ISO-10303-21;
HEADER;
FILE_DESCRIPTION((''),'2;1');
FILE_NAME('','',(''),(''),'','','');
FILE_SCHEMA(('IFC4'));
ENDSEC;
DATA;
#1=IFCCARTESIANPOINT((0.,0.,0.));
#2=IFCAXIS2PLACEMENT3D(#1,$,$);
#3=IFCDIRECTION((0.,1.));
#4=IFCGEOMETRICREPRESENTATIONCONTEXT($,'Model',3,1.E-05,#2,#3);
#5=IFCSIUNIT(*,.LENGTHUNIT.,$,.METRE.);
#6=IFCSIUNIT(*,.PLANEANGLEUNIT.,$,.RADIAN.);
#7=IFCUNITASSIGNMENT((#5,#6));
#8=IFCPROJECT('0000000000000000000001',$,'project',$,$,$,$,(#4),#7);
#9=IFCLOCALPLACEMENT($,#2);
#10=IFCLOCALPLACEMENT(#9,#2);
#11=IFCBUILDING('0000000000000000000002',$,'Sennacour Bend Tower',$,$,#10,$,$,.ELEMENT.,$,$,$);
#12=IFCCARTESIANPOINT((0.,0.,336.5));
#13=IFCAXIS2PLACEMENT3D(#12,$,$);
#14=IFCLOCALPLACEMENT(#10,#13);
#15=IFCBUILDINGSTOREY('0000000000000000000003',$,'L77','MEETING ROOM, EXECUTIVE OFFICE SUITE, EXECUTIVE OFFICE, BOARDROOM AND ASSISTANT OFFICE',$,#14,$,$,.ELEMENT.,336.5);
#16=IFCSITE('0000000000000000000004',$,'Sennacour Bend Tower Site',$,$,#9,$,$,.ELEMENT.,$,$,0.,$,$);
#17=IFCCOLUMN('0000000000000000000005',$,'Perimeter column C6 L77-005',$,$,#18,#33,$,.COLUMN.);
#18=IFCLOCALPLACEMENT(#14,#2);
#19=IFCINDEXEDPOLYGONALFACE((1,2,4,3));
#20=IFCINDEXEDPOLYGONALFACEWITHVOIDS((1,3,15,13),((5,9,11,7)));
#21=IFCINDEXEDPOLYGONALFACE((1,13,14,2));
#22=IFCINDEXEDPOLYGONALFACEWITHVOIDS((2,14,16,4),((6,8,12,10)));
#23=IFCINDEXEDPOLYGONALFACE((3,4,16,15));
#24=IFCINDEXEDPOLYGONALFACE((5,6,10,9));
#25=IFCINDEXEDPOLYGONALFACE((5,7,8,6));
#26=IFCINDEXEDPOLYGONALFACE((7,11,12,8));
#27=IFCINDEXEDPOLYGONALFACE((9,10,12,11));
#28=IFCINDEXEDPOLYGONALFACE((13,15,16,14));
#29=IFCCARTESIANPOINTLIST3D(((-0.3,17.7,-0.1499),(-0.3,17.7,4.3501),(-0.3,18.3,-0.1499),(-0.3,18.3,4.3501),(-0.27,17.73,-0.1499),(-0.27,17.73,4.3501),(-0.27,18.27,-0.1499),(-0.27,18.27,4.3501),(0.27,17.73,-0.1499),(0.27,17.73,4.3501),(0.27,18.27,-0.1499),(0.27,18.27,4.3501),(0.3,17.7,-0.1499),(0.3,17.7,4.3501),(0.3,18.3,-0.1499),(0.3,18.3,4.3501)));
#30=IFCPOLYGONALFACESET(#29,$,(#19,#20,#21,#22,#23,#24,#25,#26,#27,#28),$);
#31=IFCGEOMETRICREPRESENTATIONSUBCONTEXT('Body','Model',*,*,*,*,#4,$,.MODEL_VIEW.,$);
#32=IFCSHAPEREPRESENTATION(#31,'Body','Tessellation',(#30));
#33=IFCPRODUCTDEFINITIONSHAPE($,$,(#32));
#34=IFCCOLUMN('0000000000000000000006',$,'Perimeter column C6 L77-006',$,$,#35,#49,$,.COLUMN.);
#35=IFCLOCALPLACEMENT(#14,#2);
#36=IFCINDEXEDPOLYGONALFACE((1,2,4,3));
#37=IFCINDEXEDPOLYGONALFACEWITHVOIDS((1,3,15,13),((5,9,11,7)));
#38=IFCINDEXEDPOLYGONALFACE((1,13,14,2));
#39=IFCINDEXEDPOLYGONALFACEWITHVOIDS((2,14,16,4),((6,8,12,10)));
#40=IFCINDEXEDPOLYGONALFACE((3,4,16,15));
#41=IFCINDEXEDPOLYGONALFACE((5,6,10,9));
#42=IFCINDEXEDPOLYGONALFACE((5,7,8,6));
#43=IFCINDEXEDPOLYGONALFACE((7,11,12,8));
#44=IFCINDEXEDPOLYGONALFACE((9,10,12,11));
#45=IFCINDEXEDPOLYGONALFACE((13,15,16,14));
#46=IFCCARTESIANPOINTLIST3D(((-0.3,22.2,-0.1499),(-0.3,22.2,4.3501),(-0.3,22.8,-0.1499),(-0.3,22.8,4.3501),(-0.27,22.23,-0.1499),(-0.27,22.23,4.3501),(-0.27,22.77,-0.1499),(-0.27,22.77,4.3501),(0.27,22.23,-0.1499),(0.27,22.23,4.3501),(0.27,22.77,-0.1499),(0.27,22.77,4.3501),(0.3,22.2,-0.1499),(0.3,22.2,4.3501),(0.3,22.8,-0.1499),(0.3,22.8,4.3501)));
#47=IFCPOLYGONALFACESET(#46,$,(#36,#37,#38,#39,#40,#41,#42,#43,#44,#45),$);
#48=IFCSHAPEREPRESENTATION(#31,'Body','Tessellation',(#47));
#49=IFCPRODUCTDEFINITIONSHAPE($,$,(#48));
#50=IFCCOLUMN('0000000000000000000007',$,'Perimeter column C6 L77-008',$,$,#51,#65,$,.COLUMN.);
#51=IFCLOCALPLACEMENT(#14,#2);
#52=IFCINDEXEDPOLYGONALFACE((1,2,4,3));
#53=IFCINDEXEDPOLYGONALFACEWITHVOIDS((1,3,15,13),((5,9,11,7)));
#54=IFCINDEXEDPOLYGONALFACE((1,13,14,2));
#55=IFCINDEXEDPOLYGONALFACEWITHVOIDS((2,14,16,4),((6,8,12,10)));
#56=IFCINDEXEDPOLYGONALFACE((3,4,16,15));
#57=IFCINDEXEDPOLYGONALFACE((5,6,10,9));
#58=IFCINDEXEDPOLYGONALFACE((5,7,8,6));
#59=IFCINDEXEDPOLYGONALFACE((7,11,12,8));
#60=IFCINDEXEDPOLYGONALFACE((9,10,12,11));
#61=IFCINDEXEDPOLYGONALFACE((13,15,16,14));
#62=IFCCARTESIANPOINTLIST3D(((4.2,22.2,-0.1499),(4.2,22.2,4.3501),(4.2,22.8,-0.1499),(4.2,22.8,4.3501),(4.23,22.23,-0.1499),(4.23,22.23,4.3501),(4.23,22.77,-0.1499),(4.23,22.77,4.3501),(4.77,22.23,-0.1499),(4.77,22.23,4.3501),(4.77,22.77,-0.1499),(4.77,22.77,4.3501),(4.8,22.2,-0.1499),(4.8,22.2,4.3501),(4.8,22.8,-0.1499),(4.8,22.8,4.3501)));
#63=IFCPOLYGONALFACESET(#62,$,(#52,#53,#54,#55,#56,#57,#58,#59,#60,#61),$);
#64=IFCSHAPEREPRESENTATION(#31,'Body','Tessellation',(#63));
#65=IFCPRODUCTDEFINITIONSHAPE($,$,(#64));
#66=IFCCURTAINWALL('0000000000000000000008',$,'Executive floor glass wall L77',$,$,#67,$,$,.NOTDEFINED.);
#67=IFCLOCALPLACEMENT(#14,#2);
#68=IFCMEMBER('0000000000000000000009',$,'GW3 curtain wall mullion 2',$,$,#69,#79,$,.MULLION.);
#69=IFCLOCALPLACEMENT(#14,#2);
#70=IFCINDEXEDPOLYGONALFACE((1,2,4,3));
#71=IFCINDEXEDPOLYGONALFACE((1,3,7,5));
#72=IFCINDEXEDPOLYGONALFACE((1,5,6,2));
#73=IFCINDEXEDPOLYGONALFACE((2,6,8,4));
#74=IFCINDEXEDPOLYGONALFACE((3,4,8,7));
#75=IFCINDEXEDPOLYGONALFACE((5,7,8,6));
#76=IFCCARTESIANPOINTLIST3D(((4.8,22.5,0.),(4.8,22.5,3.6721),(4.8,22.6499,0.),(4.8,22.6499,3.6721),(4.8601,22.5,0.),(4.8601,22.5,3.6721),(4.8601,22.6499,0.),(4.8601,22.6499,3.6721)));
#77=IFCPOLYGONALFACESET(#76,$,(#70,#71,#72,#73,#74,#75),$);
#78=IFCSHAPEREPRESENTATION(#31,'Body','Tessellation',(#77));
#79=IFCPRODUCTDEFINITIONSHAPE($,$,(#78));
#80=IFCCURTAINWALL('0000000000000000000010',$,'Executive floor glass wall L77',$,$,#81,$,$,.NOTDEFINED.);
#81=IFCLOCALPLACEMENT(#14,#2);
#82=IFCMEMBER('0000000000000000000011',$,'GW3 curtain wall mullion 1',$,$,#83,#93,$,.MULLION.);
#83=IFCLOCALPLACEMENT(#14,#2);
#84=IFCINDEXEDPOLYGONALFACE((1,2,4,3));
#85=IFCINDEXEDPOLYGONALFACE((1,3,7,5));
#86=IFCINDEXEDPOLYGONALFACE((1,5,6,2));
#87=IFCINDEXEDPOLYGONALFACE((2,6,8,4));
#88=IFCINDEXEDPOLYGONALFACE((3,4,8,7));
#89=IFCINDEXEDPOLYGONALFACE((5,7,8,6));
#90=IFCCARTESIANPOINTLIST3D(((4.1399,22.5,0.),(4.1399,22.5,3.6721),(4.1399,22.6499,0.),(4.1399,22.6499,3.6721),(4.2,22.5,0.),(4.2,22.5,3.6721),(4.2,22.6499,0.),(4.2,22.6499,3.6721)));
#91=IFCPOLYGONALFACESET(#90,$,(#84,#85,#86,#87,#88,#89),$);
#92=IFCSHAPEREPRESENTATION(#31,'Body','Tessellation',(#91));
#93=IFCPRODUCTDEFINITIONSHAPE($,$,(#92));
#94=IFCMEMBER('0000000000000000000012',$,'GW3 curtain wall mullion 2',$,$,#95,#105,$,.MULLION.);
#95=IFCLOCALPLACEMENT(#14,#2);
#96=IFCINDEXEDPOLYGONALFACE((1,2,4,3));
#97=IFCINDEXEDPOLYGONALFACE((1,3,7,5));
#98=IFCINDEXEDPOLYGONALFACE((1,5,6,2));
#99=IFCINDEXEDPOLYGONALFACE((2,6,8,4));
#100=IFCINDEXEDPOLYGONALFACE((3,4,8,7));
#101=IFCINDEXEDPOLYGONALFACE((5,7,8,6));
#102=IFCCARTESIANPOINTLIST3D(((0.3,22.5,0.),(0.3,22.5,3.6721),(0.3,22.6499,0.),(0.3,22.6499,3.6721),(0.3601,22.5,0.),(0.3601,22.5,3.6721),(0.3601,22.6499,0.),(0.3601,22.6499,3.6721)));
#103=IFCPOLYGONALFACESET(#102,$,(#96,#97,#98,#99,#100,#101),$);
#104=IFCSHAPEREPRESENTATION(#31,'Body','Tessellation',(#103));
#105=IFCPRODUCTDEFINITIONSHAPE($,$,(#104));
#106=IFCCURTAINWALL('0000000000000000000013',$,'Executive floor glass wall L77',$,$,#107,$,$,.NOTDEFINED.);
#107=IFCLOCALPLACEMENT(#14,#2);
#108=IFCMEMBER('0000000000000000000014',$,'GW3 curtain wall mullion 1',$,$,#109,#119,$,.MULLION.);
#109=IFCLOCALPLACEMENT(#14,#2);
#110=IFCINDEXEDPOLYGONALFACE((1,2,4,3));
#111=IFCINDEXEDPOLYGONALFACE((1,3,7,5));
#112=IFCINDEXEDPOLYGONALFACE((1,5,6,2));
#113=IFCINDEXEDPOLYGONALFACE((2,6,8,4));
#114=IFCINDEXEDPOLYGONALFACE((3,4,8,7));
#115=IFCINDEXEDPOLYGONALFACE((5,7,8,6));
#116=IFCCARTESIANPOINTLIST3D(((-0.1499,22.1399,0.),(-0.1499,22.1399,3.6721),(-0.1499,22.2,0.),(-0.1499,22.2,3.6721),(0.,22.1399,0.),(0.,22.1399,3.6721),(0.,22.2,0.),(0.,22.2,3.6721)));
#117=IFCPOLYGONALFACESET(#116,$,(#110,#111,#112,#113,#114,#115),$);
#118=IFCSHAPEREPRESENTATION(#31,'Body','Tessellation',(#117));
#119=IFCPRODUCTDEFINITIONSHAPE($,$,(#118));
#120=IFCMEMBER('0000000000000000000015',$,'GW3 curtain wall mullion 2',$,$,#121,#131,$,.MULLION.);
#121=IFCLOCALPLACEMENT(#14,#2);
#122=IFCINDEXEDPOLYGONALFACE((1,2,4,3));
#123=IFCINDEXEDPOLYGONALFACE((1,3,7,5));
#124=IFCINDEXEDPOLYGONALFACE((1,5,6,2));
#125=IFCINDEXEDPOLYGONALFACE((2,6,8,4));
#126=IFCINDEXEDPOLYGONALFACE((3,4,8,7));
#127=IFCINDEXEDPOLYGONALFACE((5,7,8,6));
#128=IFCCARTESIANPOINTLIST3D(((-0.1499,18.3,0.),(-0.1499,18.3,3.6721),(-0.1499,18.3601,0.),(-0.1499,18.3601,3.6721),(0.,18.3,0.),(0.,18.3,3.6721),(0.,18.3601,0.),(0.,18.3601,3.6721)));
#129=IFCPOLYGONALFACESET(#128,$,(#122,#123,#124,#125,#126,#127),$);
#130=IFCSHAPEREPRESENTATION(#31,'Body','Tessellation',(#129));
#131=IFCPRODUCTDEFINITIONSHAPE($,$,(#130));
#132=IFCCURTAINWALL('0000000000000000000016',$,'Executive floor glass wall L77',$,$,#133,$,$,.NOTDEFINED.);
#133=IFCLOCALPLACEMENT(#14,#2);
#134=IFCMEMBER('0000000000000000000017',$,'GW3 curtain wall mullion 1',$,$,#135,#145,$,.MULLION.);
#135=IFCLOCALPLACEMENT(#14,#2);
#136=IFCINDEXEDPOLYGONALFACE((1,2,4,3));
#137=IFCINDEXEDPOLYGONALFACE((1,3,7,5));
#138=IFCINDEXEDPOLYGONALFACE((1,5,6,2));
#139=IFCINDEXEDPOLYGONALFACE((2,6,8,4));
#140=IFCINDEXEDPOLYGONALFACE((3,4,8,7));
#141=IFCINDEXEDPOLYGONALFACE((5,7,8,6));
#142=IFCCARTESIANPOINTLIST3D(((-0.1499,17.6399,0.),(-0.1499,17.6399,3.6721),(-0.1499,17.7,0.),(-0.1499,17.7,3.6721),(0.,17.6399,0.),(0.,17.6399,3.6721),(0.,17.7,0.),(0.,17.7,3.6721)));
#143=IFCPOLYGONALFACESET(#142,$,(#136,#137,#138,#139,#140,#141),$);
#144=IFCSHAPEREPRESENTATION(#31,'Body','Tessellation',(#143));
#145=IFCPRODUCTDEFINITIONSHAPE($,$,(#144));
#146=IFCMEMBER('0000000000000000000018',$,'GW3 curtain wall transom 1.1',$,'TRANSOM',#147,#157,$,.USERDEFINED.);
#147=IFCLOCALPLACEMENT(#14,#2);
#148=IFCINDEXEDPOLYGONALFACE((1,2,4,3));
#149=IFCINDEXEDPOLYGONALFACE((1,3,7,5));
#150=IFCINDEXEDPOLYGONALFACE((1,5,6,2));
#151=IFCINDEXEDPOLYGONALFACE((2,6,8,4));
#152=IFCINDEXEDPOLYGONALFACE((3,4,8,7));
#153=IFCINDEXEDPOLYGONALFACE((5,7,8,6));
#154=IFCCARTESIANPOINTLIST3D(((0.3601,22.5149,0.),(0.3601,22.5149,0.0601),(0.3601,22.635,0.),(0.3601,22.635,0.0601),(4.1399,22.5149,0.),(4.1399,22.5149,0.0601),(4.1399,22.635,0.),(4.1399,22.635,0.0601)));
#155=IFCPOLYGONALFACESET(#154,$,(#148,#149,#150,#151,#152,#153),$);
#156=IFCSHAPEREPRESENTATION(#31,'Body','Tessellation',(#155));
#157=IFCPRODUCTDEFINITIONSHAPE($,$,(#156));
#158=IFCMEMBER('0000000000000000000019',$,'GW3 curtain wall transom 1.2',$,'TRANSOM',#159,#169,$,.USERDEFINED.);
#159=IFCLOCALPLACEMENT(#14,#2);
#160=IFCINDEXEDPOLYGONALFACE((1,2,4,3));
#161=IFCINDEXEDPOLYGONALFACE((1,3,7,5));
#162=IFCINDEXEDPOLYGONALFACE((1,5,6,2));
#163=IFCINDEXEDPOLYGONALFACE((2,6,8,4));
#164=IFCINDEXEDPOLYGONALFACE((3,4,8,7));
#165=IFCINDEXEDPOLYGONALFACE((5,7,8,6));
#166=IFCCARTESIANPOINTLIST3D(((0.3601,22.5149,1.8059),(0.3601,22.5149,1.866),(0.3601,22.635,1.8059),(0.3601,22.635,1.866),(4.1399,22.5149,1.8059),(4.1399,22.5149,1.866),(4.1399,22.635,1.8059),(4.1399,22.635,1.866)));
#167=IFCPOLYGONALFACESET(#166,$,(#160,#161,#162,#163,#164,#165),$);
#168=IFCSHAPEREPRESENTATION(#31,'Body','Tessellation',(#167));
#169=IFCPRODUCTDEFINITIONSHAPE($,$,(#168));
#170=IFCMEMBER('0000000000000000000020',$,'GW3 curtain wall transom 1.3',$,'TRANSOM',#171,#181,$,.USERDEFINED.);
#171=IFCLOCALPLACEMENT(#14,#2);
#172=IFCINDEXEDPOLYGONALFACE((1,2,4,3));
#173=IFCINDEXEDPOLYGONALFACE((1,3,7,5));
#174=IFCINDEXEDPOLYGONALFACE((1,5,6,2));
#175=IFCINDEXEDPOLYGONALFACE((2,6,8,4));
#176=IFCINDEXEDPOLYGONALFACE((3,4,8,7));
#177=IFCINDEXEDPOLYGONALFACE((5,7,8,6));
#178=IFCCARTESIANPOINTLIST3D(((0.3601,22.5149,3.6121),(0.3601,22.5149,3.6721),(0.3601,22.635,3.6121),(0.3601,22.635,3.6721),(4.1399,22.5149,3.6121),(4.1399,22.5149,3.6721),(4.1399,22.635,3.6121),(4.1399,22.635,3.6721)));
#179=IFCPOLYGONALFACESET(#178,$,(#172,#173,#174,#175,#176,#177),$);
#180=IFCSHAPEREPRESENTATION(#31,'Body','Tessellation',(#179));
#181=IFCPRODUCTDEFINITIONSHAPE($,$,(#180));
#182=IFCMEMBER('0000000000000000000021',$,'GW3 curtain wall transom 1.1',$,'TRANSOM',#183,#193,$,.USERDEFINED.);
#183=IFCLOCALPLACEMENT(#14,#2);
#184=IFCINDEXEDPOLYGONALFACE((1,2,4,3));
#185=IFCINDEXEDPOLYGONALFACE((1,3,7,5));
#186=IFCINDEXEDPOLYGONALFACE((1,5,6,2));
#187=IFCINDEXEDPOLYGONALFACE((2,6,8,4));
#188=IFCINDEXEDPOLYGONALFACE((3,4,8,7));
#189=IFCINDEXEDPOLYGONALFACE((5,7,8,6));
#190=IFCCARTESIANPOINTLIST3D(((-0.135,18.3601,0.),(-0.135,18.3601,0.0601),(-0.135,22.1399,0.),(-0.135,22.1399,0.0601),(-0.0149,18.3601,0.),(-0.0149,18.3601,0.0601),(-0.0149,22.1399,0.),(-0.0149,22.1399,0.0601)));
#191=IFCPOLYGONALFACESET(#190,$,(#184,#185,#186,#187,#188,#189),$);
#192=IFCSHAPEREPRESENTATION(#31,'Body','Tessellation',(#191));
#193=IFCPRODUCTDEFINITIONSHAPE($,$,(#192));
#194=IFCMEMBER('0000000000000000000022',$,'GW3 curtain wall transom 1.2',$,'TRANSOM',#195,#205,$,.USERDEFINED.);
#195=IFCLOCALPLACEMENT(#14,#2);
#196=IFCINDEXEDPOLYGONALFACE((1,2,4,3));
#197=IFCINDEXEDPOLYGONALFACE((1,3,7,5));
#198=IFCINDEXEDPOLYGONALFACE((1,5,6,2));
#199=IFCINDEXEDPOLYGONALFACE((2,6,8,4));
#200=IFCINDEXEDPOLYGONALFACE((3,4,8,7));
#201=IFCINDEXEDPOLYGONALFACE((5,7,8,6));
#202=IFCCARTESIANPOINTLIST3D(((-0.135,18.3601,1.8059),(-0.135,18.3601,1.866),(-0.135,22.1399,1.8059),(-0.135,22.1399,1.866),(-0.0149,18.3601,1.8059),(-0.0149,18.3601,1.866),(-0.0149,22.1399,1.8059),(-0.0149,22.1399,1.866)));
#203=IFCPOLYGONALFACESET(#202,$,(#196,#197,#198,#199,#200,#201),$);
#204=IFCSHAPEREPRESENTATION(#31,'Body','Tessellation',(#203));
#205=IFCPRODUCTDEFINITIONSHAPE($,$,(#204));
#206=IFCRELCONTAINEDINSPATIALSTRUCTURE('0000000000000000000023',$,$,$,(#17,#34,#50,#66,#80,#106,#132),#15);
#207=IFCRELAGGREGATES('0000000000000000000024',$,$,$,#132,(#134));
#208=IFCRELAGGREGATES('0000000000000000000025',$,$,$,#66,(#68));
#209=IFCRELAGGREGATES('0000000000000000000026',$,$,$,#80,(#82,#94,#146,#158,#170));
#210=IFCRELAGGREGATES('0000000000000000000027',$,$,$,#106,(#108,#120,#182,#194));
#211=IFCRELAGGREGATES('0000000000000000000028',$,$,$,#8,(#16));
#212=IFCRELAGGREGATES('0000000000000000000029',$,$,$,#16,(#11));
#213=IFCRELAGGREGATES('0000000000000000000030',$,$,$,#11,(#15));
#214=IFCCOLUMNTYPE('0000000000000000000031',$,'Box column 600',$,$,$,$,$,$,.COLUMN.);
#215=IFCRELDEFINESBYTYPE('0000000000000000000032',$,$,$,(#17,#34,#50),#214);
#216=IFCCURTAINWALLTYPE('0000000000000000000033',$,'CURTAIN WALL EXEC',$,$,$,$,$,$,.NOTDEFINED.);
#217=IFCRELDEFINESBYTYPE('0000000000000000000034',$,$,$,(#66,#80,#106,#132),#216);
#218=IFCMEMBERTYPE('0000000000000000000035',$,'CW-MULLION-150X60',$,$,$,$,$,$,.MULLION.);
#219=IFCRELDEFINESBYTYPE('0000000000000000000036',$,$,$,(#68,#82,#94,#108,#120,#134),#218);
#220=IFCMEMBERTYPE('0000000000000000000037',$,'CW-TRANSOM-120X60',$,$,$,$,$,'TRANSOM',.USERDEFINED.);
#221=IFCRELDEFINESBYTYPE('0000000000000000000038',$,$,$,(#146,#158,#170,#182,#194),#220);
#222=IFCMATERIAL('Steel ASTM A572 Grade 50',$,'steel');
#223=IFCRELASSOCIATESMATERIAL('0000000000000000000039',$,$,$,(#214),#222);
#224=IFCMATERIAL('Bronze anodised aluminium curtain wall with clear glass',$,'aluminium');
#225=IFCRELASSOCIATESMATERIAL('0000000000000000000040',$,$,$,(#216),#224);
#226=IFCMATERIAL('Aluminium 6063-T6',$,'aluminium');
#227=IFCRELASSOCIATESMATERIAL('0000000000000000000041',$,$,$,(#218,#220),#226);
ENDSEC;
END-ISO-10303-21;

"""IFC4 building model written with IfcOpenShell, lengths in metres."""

from ifc_helpers import new_model, si_unit, direction, frame, origin, origin_2d, place, context, subcontext, project, spatial, rectangle, hollow_rectangle, extrude, material, material_profile, profile_set, type_object, element, aggregate, save


model = new_model("IFC4")

# Units and contexts
model_context = context("Model", 3, precision=1e-05, world=origin(), true_north=direction((0.0, 1.0)))
body_context = subcontext(model_context, "Body", "Model", "MODEL_VIEW")
ifc_project = project(units=[si_unit("LENGTHUNIT", "METRE"), si_unit("PLANEANGLEUNIT", "RADIAN")], contexts=[model_context])

# Site, building, storey
site_placement = place(None, origin())
site = spatial("IfcSite", under=ifc_project, at=site_placement, Name="Sennacour Bend Tower Site", CompositionType="ELEMENT", RefElevation=0.0)
building_placement = place(site_placement, origin())
building = spatial("IfcBuilding", under=site, at=building_placement, Name="Sennacour Bend Tower", CompositionType="ELEMENT")
storey_placement = place(building_placement, frame((0.0, 0.0, 336.5)))
storey = spatial("IfcBuildingStorey", under=building, at=storey_placement, Name="L77", Description="MEETING ROOM, EXECUTIVE OFFICE SUITE, EXECUTIVE OFFICE, BOARDROOM AND ASSISTANT OFFICE", CompositionType="ELEMENT", Elevation=336.5)

# Columns
ifc_material_1 = material(Name="Steel ASTM A572 Grade 50", Category="steel")
ifc_material_profile_1 = material_profile(ifc_material_1, hollow_rectangle(XDim=0.6001, YDim=0.6001, WallThickness=0.03, at=origin_2d()), Name="Steel ASTM A572 Grade 50", Category="steel")
ifc_profile_set_1 = profile_set([ifc_material_profile_1], Name="Steel ASTM A572 Grade 50")
column_type = type_object("IfcColumnType", Name="Box column 600", PredefinedType="COLUMN", material=ifc_profile_set_1)
for number, where, z_axis, x_axis, name in (
    (1, (0.0, 18.0, -0.1499), (0.0, 0.0, 1.0), (1.0, 0.0, 0.0), "Perimeter column C6 L77-005"),
    (2, (0.0, 22.5, -0.1499), (0.0, 0.0, 1.0), (1.0, 0.0, 0.0), "Perimeter column C6 L77-006"),
    (3, (4.5, 22.5, -0.1499), (0.0, 0.0, 1.0), (1.0, 0.0, 0.0), "Perimeter column C6 L77-008"),
):
    element("IfcColumn", number, at=place(storey_placement, frame(where, z_axis=z_axis, x_axis=x_axis)), inside=storey, type_object=column_type, Name=name, PredefinedType="COLUMN", context=body_context, shape_type="SweptSolid", body=[
        extrude(hollow_rectangle(XDim=0.6001, YDim=0.6001, WallThickness=0.03, at=origin_2d()), origin(), (0.0, 0.0, 1.0), 4.5),
    ])

# Curtain wall, member
ifc_material_2 = material(Name="Bronze anodised aluminium curtain wall with clear glass", Category="aluminium")
curtain_wall_type = type_object("IfcCurtainWallType", Name="CURTAIN WALL EXEC", PredefinedType="NOTDEFINED", material=ifc_material_2)
curtain_wall_1_placement = place(storey_placement, origin())
curtain_wall_1 = element("IfcCurtainWall", 4, at=curtain_wall_1_placement, inside=storey, type_object=curtain_wall_type, Name="Executive floor glass wall L77", PredefinedType="NOTDEFINED")
ifc_material_3 = material(Name="Aluminium 6063-T6", Category="aluminium")
ifc_material_profile_2 = material_profile(ifc_material_3, rectangle(XDim=0.1499, YDim=0.0601, at=origin_2d()), Name="Aluminium 6063-T6", Category="aluminium")
ifc_profile_set_2 = profile_set([ifc_material_profile_2], Name="Aluminium 6063-T6")
member_type_1 = type_object("IfcMemberType", Name="CW-MULLION-150X60", PredefinedType="MULLION", material=ifc_profile_set_2)
member_1_placement = place(storey_placement, frame((4.8301, 22.575, 0.0), z_axis=(0.0, 0.0, 1.0), x_axis=(0.0, -1.0, 0.0)))
member_1 = element("IfcMember", 5, at=member_1_placement, type_object=member_type_1, Name="GW3 curtain wall mullion 2", PredefinedType="MULLION", context=body_context, shape_type="SweptSolid", body=[
    extrude(rectangle(XDim=0.1499, YDim=0.0601, at=origin_2d()), origin(), (0.0, 0.0, 1.0), 3.6721),
])

# Curtain walls, members
curtain_wall_2_placement = place(storey_placement, origin())
curtain_wall_2 = element("IfcCurtainWall", 6, at=curtain_wall_2_placement, inside=storey, type_object=curtain_wall_type, Name="Executive floor glass wall L77", PredefinedType="NOTDEFINED")
member_2_placement = place(storey_placement, frame((4.1699, 22.575, 0.0), z_axis=(0.0, 0.0, 1.0), x_axis=(0.0, -1.0, 0.0)))
member_2 = element("IfcMember", 7, at=member_2_placement, type_object=member_type_1, Name="GW3 curtain wall mullion 1", PredefinedType="MULLION", context=body_context, shape_type="SweptSolid", body=[
    extrude(rectangle(XDim=0.1499, YDim=0.0601, at=origin_2d()), origin(), (0.0, 0.0, 1.0), 3.6721),
])
member_3_placement = place(storey_placement, frame((0.3301, 22.575, 0.0), z_axis=(0.0, 0.0, 1.0), x_axis=(0.0, -1.0, 0.0)))
member_3 = element("IfcMember", 8, at=member_3_placement, type_object=member_type_1, Name="GW3 curtain wall mullion 2", PredefinedType="MULLION", context=body_context, shape_type="SweptSolid", body=[
    extrude(rectangle(XDim=0.1499, YDim=0.0601, at=origin_2d()), origin(), (0.0, 0.0, 1.0), 3.6721),
])
curtain_wall_3_placement = place(storey_placement, origin())
curtain_wall_3 = element("IfcCurtainWall", 9, at=curtain_wall_3_placement, inside=storey, type_object=curtain_wall_type, Name="Executive floor glass wall L77", PredefinedType="NOTDEFINED")
member_4_placement = place(storey_placement, frame((-0.075, 22.1699, 0.0), z_axis=(0.0, 0.0, 1.0), x_axis=(1.0, 0.0, 0.0)))
member_4 = element("IfcMember", 10, at=member_4_placement, type_object=member_type_1, Name="GW3 curtain wall mullion 1", PredefinedType="MULLION", context=body_context, shape_type="SweptSolid", body=[
    extrude(rectangle(XDim=0.1499, YDim=0.0601, at=origin_2d()), origin(), (0.0, 0.0, 1.0), 3.6721),
])
member_5_placement = place(storey_placement, frame((-0.075, 18.3301, 0.0), z_axis=(0.0, 0.0, 1.0), x_axis=(1.0, 0.0, 0.0)))
member_5 = element("IfcMember", 11, at=member_5_placement, type_object=member_type_1, Name="GW3 curtain wall mullion 2", PredefinedType="MULLION", context=body_context, shape_type="SweptSolid", body=[
    extrude(rectangle(XDim=0.1499, YDim=0.0601, at=origin_2d()), origin(), (0.0, 0.0, 1.0), 3.6721),
])

# Curtain wall, member
curtain_wall_4_placement = place(storey_placement, origin())
curtain_wall_4 = element("IfcCurtainWall", 12, at=curtain_wall_4_placement, inside=storey, type_object=curtain_wall_type, Name="Executive floor glass wall L77", PredefinedType="NOTDEFINED")
member_6_placement = place(storey_placement, frame((-0.075, 17.6699, 0.0), z_axis=(0.0, 0.0, 1.0), x_axis=(1.0, 0.0, 0.0)))
member_6 = element("IfcMember", 13, at=member_6_placement, type_object=member_type_1, Name="GW3 curtain wall mullion 1", PredefinedType="MULLION", context=body_context, shape_type="SweptSolid", body=[
    extrude(rectangle(XDim=0.1499, YDim=0.0601, at=origin_2d()), origin(), (0.0, 0.0, 1.0), 3.6721),
])

# Members
ifc_material_profile_3 = material_profile(ifc_material_3, rectangle(XDim=0.1201, YDim=0.0601, at=origin_2d()), Name="Aluminium 6063-T6", Category="aluminium")
ifc_profile_set_3 = profile_set([ifc_material_profile_3], Name="Aluminium 6063-T6")
member_type_2 = type_object("IfcMemberType", Name="CW-TRANSOM-120X60", ElementType="TRANSOM", PredefinedType="USERDEFINED", material=ifc_profile_set_3)
member_7_placement = place(storey_placement, frame((4.1399, 22.575, 0.03), z_axis=(-1.0, 0.0, 0.0), x_axis=(0.0, -1.0, 0.0)))
member_7 = element("IfcMember", 14, at=member_7_placement, type_object=member_type_2, Name="GW3 curtain wall transom 1.1", ObjectType="TRANSOM", PredefinedType="USERDEFINED", context=body_context, shape_type="SweptSolid", body=[
    extrude(rectangle(XDim=0.1201, YDim=0.0601, at=origin_2d()), origin(), (0.0, 0.0, 1.0), 3.7798),
])
member_8_placement = place(storey_placement, frame((4.1399, 22.575, 1.8359), z_axis=(-1.0, 0.0, 0.0), x_axis=(0.0, -1.0, 0.0)))
member_8 = element("IfcMember", 15, at=member_8_placement, type_object=member_type_2, Name="GW3 curtain wall transom 1.2", ObjectType="TRANSOM", PredefinedType="USERDEFINED", context=body_context, shape_type="SweptSolid", body=[
    extrude(rectangle(XDim=0.1201, YDim=0.0601, at=origin_2d()), origin(), (0.0, 0.0, 1.0), 3.7798),
])
member_9_placement = place(storey_placement, frame((4.1399, 22.575, 3.6421), z_axis=(-1.0, 0.0, 0.0), x_axis=(0.0, -1.0, 0.0)))
member_9 = element("IfcMember", 16, at=member_9_placement, type_object=member_type_2, Name="GW3 curtain wall transom 1.3", ObjectType="TRANSOM", PredefinedType="USERDEFINED", context=body_context, shape_type="SweptSolid", body=[
    extrude(rectangle(XDim=0.1201, YDim=0.0601, at=origin_2d()), origin(), (0.0, 0.0, 1.0), 3.7798),
])
member_10_placement = place(storey_placement, frame((-0.075, 22.1399, 0.03), z_axis=(0.0, -1.0, 0.0), x_axis=(1.0, 0.0, 0.0)))
member_10 = element("IfcMember", 17, at=member_10_placement, type_object=member_type_2, Name="GW3 curtain wall transom 1.1", ObjectType="TRANSOM", PredefinedType="USERDEFINED", context=body_context, shape_type="SweptSolid", body=[
    extrude(rectangle(XDim=0.1201, YDim=0.0601, at=origin_2d()), origin(), (0.0, 0.0, 1.0), 3.7798),
])
member_11_placement = place(storey_placement, frame((-0.075, 22.1399, 1.8359), z_axis=(0.0, -1.0, 0.0), x_axis=(1.0, 0.0, 0.0)))
member_11 = element("IfcMember", 18, at=member_11_placement, type_object=member_type_2, Name="GW3 curtain wall transom 1.2", ObjectType="TRANSOM", PredefinedType="USERDEFINED", context=body_context, shape_type="SweptSolid", body=[
    extrude(rectangle(XDim=0.1201, YDim=0.0601, at=origin_2d()), origin(), (0.0, 0.0, 1.0), 3.7798),
])
aggregate(curtain_wall_4, [member_6])

aggregate(curtain_wall_1, [member_1])
aggregate(curtain_wall_2, [member_2, member_3, member_7, member_8, member_9])
aggregate(curtain_wall_3, [member_4, member_5, member_10, member_11])

save(model, "model.ifc")
